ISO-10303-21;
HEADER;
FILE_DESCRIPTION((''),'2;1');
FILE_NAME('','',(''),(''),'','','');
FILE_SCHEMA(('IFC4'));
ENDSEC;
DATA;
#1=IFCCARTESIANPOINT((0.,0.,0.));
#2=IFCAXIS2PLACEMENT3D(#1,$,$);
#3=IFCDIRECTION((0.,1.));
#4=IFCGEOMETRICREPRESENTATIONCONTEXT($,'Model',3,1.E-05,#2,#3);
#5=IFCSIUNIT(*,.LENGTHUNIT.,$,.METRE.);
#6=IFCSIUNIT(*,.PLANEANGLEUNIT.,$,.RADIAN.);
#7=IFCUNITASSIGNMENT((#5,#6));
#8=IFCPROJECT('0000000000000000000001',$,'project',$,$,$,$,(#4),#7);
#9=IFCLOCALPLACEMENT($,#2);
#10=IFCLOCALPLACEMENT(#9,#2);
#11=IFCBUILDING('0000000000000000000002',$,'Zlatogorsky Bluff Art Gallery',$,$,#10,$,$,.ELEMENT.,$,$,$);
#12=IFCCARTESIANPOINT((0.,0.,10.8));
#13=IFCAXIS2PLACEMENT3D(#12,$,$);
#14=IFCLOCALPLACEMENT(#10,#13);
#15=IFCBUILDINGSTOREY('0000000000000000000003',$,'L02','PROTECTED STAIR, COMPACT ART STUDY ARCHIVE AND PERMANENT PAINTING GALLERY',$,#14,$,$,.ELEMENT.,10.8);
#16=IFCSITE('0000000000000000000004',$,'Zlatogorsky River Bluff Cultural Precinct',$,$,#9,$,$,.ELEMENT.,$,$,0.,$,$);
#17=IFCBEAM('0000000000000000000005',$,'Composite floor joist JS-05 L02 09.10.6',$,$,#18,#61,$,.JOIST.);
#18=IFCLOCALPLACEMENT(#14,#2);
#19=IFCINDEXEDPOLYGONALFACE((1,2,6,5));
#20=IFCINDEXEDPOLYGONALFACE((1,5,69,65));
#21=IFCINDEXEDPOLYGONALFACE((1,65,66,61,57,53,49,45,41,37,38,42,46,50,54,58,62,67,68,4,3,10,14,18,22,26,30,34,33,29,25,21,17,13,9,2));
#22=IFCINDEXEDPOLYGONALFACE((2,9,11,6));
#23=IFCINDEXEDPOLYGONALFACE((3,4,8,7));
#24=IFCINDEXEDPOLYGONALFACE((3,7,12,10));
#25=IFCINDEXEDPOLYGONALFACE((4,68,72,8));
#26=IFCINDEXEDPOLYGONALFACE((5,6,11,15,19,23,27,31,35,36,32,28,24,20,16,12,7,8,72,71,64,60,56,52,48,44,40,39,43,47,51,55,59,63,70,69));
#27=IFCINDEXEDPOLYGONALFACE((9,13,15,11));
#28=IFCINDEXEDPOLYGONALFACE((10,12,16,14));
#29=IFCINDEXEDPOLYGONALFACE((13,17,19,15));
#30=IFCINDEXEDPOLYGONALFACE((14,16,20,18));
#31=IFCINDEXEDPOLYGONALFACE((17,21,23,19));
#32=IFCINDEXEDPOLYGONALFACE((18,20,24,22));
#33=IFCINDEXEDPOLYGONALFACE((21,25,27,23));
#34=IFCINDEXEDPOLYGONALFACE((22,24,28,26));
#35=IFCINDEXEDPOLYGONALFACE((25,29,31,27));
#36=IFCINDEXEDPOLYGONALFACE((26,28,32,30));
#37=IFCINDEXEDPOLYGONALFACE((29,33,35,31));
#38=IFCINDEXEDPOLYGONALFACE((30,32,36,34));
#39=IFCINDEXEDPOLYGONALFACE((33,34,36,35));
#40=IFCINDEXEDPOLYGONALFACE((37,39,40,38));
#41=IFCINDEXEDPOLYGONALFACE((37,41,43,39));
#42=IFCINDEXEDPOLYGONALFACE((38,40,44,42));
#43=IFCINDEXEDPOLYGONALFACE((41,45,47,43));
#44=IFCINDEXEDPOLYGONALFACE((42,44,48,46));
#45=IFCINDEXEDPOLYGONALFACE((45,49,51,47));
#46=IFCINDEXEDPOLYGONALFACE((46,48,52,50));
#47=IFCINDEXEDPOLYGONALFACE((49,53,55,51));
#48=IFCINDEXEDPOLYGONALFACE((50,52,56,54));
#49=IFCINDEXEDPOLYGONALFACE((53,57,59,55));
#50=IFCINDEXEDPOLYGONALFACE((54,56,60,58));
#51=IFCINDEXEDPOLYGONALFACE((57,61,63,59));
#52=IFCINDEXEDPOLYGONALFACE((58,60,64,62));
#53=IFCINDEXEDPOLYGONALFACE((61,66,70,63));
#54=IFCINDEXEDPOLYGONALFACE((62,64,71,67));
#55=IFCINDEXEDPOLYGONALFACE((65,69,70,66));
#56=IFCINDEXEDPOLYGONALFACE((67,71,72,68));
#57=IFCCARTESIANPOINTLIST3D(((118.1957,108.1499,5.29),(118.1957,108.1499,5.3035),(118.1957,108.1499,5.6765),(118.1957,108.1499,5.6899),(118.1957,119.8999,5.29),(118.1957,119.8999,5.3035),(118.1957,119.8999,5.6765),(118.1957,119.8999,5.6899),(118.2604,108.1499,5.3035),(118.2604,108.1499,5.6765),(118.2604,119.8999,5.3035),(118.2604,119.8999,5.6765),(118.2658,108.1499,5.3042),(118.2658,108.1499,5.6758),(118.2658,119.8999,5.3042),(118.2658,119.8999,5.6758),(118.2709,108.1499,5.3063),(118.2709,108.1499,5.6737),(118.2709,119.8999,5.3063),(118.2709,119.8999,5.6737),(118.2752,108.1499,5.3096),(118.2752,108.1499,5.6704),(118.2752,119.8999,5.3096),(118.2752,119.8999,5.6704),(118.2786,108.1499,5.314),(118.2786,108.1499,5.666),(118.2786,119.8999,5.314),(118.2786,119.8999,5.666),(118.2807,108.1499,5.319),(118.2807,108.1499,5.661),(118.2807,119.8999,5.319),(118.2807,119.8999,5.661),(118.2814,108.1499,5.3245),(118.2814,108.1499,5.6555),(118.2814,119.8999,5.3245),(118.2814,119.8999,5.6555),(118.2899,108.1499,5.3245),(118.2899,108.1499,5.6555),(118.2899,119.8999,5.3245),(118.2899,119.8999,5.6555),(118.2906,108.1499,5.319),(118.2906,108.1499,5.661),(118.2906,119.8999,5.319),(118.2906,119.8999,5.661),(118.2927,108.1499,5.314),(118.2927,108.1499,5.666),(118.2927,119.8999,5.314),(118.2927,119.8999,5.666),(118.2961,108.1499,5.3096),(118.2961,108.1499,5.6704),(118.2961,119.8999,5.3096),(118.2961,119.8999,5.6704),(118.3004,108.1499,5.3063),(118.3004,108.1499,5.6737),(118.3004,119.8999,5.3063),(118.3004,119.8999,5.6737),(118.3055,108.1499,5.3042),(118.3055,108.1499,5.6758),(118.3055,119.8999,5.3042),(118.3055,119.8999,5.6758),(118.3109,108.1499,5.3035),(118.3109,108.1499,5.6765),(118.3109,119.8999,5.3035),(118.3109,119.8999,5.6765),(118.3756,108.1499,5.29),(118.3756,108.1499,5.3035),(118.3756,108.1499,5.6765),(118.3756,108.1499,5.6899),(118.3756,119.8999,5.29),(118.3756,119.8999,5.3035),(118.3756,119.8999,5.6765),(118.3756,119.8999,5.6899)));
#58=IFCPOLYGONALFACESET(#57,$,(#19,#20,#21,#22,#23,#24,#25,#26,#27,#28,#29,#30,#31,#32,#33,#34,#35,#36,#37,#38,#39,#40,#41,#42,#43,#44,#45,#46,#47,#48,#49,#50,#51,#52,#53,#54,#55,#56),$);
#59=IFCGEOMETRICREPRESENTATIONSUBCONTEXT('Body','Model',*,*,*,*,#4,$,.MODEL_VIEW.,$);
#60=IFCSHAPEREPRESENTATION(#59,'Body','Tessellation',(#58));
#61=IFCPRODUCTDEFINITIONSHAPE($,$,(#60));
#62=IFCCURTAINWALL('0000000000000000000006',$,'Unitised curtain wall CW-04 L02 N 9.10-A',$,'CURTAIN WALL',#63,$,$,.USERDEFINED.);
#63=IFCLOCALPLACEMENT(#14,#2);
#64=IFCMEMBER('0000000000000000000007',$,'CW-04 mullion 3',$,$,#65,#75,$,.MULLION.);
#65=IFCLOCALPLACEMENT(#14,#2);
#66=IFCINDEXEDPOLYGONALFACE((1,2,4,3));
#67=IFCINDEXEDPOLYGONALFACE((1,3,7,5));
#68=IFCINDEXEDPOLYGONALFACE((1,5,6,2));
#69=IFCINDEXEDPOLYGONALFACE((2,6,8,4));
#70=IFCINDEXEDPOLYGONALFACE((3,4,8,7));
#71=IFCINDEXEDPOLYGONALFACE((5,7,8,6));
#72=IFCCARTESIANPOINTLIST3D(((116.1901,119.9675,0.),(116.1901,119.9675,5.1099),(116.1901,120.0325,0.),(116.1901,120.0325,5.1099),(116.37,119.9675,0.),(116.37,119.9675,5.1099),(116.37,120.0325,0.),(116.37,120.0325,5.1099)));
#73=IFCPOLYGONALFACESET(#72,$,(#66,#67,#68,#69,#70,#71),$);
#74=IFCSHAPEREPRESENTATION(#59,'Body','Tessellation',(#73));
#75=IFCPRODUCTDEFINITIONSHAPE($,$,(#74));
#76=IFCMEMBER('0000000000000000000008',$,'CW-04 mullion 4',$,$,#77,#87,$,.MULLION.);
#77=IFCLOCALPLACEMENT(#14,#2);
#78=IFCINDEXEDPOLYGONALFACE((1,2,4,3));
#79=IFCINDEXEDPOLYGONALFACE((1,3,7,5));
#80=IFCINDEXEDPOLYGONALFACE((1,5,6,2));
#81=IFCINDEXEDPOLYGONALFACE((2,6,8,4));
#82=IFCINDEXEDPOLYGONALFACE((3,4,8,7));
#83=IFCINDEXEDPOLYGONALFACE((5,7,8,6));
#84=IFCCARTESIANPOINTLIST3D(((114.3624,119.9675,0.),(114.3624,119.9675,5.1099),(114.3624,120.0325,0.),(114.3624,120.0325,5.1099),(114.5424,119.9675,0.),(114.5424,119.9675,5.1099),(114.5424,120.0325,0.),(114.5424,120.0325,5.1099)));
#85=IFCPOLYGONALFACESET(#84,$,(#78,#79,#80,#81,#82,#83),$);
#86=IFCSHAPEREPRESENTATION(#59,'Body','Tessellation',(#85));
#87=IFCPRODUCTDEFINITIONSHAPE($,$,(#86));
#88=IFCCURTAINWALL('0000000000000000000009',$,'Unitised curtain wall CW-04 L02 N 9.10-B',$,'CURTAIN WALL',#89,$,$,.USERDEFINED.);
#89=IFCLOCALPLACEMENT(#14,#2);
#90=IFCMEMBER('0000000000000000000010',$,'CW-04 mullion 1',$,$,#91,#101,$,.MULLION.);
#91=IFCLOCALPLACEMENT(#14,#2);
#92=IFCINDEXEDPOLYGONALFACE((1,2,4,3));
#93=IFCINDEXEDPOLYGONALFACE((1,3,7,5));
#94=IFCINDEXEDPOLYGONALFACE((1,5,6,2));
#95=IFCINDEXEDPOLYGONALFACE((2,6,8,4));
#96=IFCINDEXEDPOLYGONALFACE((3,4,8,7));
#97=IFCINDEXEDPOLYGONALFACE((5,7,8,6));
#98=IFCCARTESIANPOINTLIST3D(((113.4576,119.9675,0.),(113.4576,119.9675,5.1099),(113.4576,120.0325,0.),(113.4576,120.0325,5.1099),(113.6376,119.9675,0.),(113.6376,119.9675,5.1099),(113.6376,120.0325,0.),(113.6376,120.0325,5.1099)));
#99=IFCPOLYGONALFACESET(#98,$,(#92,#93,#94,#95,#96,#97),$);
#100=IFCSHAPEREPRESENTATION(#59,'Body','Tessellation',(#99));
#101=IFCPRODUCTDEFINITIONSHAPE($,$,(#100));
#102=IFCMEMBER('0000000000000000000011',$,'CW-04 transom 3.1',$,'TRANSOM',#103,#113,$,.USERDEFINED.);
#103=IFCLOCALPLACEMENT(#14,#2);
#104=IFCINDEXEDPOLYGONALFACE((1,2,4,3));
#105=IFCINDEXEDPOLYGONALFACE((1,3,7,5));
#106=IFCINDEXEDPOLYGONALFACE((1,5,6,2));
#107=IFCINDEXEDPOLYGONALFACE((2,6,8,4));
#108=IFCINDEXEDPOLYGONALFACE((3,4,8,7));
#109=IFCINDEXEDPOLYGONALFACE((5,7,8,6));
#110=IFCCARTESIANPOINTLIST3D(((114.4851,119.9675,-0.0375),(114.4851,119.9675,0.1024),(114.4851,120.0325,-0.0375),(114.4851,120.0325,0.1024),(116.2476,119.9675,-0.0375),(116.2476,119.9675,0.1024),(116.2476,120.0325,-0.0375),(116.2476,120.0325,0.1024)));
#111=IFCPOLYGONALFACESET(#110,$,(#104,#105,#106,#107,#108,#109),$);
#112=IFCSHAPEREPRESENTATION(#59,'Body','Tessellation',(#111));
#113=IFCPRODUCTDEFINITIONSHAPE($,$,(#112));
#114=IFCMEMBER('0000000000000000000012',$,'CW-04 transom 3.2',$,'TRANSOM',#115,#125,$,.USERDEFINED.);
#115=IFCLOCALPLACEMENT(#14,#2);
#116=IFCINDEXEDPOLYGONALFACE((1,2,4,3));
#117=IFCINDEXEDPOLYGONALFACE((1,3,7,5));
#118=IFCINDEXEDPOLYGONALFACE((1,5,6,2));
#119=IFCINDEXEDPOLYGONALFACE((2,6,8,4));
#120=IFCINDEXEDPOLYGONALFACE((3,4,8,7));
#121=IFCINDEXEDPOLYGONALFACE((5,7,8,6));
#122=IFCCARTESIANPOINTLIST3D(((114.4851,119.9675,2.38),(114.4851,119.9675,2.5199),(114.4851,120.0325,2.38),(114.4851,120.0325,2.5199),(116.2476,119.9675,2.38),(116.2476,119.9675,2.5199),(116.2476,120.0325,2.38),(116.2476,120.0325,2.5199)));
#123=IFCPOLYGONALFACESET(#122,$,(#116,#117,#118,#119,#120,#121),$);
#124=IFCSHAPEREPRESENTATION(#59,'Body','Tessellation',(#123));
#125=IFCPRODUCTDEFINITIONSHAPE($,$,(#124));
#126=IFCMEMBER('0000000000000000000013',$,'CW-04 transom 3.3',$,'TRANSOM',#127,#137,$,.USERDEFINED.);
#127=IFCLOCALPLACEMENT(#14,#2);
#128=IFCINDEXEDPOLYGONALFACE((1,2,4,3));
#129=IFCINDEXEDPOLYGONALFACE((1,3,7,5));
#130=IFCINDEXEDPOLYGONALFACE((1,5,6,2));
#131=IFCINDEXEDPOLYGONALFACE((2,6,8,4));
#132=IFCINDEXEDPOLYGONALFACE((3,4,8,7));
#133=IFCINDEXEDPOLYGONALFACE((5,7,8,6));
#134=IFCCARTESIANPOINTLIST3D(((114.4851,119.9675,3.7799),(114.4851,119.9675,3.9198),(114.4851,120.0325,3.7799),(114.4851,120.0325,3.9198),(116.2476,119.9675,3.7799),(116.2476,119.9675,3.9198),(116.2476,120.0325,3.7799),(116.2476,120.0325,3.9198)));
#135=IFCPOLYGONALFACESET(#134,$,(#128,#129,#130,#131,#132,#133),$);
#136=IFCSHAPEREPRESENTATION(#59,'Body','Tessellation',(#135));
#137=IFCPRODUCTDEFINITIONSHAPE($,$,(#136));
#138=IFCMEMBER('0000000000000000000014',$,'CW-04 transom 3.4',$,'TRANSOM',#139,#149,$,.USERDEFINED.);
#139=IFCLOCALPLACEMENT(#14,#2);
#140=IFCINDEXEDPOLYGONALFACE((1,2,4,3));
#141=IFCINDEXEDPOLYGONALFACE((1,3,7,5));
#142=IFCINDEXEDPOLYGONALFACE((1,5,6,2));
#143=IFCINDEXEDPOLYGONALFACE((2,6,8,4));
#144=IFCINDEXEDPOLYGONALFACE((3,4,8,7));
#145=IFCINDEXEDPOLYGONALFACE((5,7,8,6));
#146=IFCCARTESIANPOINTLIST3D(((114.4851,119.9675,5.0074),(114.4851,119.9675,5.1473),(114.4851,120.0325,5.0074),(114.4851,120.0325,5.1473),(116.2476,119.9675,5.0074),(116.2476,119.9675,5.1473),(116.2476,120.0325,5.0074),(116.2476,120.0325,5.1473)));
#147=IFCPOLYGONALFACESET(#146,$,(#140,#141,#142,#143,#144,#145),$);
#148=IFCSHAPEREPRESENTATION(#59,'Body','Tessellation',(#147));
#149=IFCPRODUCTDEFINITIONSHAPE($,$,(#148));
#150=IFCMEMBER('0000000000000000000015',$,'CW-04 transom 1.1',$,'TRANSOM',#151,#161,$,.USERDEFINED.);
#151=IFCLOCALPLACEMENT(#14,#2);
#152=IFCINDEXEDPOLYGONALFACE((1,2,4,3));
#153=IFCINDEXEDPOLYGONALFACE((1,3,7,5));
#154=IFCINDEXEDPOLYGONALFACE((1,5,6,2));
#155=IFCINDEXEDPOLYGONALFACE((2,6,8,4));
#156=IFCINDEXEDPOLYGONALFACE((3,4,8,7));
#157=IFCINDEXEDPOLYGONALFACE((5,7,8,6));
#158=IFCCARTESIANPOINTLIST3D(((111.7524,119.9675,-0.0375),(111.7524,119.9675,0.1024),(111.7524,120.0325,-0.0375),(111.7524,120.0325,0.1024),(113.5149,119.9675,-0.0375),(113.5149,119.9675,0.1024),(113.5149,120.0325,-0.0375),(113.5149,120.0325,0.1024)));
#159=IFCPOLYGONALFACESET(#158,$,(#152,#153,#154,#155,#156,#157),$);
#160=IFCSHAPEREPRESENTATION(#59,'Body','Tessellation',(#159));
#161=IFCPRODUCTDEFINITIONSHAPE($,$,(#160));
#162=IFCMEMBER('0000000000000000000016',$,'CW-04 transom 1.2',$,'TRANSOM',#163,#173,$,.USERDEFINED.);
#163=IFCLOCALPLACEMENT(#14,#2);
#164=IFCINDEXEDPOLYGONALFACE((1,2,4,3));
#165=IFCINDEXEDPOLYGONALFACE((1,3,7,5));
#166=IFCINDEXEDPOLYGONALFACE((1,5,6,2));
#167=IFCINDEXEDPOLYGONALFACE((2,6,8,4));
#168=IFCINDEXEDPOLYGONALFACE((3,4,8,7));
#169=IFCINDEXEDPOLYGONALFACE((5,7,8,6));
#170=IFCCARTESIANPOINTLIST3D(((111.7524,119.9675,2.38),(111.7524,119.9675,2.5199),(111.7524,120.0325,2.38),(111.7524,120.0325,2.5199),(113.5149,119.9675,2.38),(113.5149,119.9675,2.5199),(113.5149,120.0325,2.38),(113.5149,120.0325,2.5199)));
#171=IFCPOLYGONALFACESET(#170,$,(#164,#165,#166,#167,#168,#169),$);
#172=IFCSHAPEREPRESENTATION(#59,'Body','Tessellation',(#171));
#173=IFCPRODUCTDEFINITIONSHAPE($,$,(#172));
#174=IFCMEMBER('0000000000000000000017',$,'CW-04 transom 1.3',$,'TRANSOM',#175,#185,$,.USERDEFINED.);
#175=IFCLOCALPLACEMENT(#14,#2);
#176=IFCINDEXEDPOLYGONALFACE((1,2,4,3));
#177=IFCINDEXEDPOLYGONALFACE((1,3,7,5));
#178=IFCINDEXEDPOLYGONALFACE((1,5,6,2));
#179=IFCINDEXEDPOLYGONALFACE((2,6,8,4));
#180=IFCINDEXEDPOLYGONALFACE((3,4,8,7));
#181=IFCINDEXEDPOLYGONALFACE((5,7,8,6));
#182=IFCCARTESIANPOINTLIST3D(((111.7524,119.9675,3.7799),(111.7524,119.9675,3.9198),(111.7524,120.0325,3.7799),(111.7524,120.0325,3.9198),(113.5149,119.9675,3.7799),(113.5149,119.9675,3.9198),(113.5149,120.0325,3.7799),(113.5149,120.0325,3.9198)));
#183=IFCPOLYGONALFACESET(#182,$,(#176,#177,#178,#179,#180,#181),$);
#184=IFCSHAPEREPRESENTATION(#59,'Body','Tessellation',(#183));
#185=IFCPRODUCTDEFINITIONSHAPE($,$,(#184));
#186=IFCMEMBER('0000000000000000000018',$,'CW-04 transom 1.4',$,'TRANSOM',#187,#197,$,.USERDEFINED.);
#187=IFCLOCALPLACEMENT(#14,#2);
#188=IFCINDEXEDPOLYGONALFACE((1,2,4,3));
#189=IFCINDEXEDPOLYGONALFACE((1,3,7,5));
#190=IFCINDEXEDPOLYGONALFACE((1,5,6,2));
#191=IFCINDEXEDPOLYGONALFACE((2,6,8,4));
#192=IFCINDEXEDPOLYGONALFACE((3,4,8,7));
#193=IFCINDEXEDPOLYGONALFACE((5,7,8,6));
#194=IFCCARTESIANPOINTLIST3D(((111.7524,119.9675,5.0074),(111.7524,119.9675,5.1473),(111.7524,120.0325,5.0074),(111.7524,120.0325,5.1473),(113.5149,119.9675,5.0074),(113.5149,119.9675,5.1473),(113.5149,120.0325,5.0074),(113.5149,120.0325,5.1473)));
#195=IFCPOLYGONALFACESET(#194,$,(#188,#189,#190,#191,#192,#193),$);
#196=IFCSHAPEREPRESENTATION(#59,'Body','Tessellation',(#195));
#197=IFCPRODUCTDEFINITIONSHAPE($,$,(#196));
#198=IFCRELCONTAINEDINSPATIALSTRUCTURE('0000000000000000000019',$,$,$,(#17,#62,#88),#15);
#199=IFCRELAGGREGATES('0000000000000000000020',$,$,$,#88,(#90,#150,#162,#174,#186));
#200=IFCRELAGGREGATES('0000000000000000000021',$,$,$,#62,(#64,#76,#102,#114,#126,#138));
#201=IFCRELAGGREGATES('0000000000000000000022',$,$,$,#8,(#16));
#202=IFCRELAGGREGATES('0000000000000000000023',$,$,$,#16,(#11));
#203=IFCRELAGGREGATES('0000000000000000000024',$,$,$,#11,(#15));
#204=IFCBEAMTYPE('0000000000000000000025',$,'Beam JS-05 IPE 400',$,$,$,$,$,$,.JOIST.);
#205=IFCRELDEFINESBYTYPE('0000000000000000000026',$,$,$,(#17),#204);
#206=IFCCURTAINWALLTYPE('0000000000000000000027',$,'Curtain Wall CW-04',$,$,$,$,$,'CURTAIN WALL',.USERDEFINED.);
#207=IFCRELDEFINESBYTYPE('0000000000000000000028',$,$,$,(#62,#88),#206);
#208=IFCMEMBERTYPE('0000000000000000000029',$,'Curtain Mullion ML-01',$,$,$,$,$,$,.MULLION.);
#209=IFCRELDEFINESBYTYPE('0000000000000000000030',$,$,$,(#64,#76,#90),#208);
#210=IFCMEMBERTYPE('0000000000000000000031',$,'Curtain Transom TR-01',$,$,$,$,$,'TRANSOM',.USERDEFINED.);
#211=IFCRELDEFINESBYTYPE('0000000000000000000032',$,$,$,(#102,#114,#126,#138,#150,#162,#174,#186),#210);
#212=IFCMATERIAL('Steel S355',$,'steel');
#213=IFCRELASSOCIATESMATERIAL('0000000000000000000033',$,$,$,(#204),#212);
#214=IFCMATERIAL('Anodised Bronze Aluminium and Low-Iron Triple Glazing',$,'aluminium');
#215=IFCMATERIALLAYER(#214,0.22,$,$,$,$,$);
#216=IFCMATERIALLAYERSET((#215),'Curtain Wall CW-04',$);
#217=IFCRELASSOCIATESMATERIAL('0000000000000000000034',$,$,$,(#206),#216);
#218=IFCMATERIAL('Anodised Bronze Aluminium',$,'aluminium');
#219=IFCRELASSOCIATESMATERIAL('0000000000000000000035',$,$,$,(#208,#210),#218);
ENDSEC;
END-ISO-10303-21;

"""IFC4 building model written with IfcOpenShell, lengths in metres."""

from ifc_helpers import new_model, si_unit, direction, frame, origin, origin_2d, place, context, subcontext, project, spatial, rectangle, i_section, extrude, material, layer, layer_set, material_profile, profile_set, type_object, element, aggregate, save


model = new_model("IFC4")

# Units and contexts
model_context = context("Model", 3, precision=1e-05, world=origin(), true_north=direction((0.0, 1.0)))
body_context = subcontext(model_context, "Body", "Model", "MODEL_VIEW")
ifc_project = project(units=[si_unit("LENGTHUNIT", "METRE"), si_unit("PLANEANGLEUNIT", "RADIAN")], contexts=[model_context])

# Site, building, storey
site_placement = place(None, origin())
site = spatial("IfcSite", under=ifc_project, at=site_placement, Name="Zlatogorsky River Bluff Cultural Precinct", CompositionType="ELEMENT", RefElevation=0.0)
building_placement = place(site_placement, origin())
building = spatial("IfcBuilding", under=site, at=building_placement, Name="Zlatogorsky Bluff Art Gallery", CompositionType="ELEMENT")
storey_placement = place(building_placement, frame((0.0, 0.0, 10.8)))
storey = spatial("IfcBuildingStorey", under=building, at=storey_placement, Name="L02", Description="PROTECTED STAIR, COMPACT ART STUDY ARCHIVE AND PERMANENT PAINTING GALLERY", CompositionType="ELEMENT", Elevation=10.8)

# Beam
ifc_material_1 = material(Name="Steel S355", Category="steel")
ifc_material_profile_1 = material_profile(ifc_material_1, i_section(OverallWidth=0.1799, OverallDepth=0.3999, WebThickness=0.0085, FlangeThickness=0.0134, FilletRadius=0.021, at=origin_2d()), Name="IPE 400")
ifc_profile_set_1 = profile_set([ifc_material_profile_1], Name="Steel S355")
beam_type_1 = type_object("IfcBeamType", Name="Beam JS-05 IPE 400", PredefinedType="JOIST", material=ifc_profile_set_1)
for number, where, z_axis, x_axis, name in (
    (1, (118.2856, 108.1499, 5.49), (0.0, 1.0, 0.0), (-1.0, 0.0, 0.0), "Composite floor joist JS-05 L02 09.10.6"),
):
    element("IfcBeam", number, at=place(storey_placement, frame(where, z_axis=z_axis, x_axis=x_axis)), inside=storey, type_object=beam_type_1, Name=name, PredefinedType="JOIST", context=body_context, shape_type="SweptSolid", body=[
        extrude(i_section(OverallWidth=0.1799, OverallDepth=0.3999, WebThickness=0.0085, FlangeThickness=0.0134, FilletRadius=0.021, at=origin_2d()), origin(), (0.0, 0.0, 1.0), 11.75),
    ])

# Curtain wall, members
ifc_material_2 = material(Name="Anodised Bronze Aluminium and Low-Iron Triple Glazing", Category="aluminium")
ifc_layer_1 = layer(ifc_material_2, 0.22)
ifc_layer_set_1 = layer_set([ifc_layer_1], Name="Curtain Wall CW-04")
curtain_wall_type = type_object("IfcCurtainWallType", Name="Curtain Wall CW-04", ElementType="CURTAIN WALL", PredefinedType="USERDEFINED", material=ifc_layer_set_1)
curtain_wall_1_placement = place(storey_placement, origin())
curtain_wall_1 = element("IfcCurtainWall", 2, at=curtain_wall_1_placement, inside=storey, type_object=curtain_wall_type, Name="Unitised curtain wall CW-04 L02 N 9.10-A", ObjectType="CURTAIN WALL", PredefinedType="USERDEFINED")
ifc_material_3 = material(Name="Anodised Bronze Aluminium", Category="aluminium")
ifc_material_profile_2 = material_profile(ifc_material_3, rectangle(XDim=0.0649, YDim=0.1799, at=origin_2d()), Name="ALU MULLION 65x180")
ifc_profile_set_2 = profile_set([ifc_material_profile_2], Name="Anodised Bronze Aluminium")
member_type_1 = type_object("IfcMemberType", Name="Curtain Mullion ML-01", PredefinedType="MULLION", material=ifc_profile_set_2)
member_1_placement = place(storey_placement, frame((116.28, 120.0, 0.0), z_axis=(0.0, 0.0, 1.0), x_axis=(0.0, -1.0, 0.0)))
member_1 = element("IfcMember", 3, at=member_1_placement, type_object=member_type_1, Name="CW-04 mullion 3", PredefinedType="MULLION", context=body_context, shape_type="SweptSolid", body=[
    extrude(rectangle(XDim=0.0649, YDim=0.1799, at=origin_2d()), origin(), (0.0, 0.0, 1.0), 5.1099),
])
member_2_placement = place(storey_placement, frame((114.4524, 120.0, 0.0), z_axis=(0.0, 0.0, 1.0), x_axis=(0.0, -1.0, 0.0)))
member_2 = element("IfcMember", 4, at=member_2_placement, type_object=member_type_1, Name="CW-04 mullion 4", PredefinedType="MULLION", context=body_context, shape_type="SweptSolid", body=[
    extrude(rectangle(XDim=0.0649, YDim=0.1799, at=origin_2d()), origin(), (0.0, 0.0, 1.0), 5.1099),
])

# Curtain wall, member
curtain_wall_2_placement = place(storey_placement, origin())
curtain_wall_2 = element("IfcCurtainWall", 5, at=curtain_wall_2_placement, inside=storey, type_object=curtain_wall_type, Name="Unitised curtain wall CW-04 L02 N 9.10-B", ObjectType="CURTAIN WALL", PredefinedType="USERDEFINED")
member_3_placement = place(storey_placement, frame((113.5476, 120.0, 0.0), z_axis=(0.0, 0.0, 1.0), x_axis=(0.0, -1.0, 0.0)))
member_3 = element("IfcMember", 6, at=member_3_placement, type_object=member_type_1, Name="CW-04 mullion 1", PredefinedType="MULLION", context=body_context, shape_type="SweptSolid", body=[
    extrude(rectangle(XDim=0.0649, YDim=0.1799, at=origin_2d()), origin(), (0.0, 0.0, 1.0), 5.1099),
])

# Members
ifc_material_profile_3 = material_profile(ifc_material_3, rectangle(XDim=0.0649, YDim=0.1399, at=origin_2d()), Name="ALU TRANSOM 65x140")
ifc_profile_set_3 = profile_set([ifc_material_profile_3], Name="Anodised Bronze Aluminium")
member_type_2 = type_object("IfcMemberType", Name="Curtain Transom TR-01", ElementType="TRANSOM", PredefinedType="USERDEFINED", material=ifc_profile_set_3)
member_4_placement = place(storey_placement, frame((116.2476, 120.0, 0.0325), z_axis=(-1.0, 0.0, 0.0), x_axis=(0.0, -1.0, 0.0)))
member_4 = element("IfcMember", 7, at=member_4_placement, type_object=member_type_2, Name="CW-04 transom 3.1", ObjectType="TRANSOM", PredefinedType="USERDEFINED", context=body_context, shape_type="SweptSolid", body=[
    extrude(rectangle(XDim=0.0649, YDim=0.1399, at=origin_2d()), origin(), (0.0, 0.0, 1.0), 1.7625),
])
member_5_placement = place(storey_placement, frame((116.2476, 120.0, 2.45), z_axis=(-1.0, 0.0, 0.0), x_axis=(0.0, -1.0, 0.0)))
member_5 = element("IfcMember", 8, at=member_5_placement, type_object=member_type_2, Name="CW-04 transom 3.2", ObjectType="TRANSOM", PredefinedType="USERDEFINED", context=body_context, shape_type="SweptSolid", body=[
    extrude(rectangle(XDim=0.0649, YDim=0.1399, at=origin_2d()), origin(), (0.0, 0.0, 1.0), 1.7625),
])
member_6_placement = place(storey_placement, frame((116.2476, 120.0, 3.8499), z_axis=(-1.0, 0.0, 0.0), x_axis=(0.0, -1.0, 0.0)))
member_6 = element("IfcMember", 9, at=member_6_placement, type_object=member_type_2, Name="CW-04 transom 3.3", ObjectType="TRANSOM", PredefinedType="USERDEFINED", context=body_context, shape_type="SweptSolid", body=[
    extrude(rectangle(XDim=0.0649, YDim=0.1399, at=origin_2d()), origin(), (0.0, 0.0, 1.0), 1.7625),
])
member_7_placement = place(storey_placement, frame((116.2476, 120.0, 5.0774), z_axis=(-1.0, 0.0, 0.0), x_axis=(0.0, -1.0, 0.0)))
member_7 = element("IfcMember", 10, at=member_7_placement, type_object=member_type_2, Name="CW-04 transom 3.4", ObjectType="TRANSOM", PredefinedType="USERDEFINED", context=body_context, shape_type="SweptSolid", body=[
    extrude(rectangle(XDim=0.0649, YDim=0.1399, at=origin_2d()), origin(), (0.0, 0.0, 1.0), 1.7625),
])
member_8_placement = place(storey_placement, frame((113.5149, 120.0, 0.0325), z_axis=(-1.0, 0.0, 0.0), x_axis=(0.0, -1.0, 0.0)))
member_8 = element("IfcMember", 11, at=member_8_placement, type_object=member_type_2, Name="CW-04 transom 1.1", ObjectType="TRANSOM", PredefinedType="USERDEFINED", context=body_context, shape_type="SweptSolid", body=[
    extrude(rectangle(XDim=0.0649, YDim=0.1399, at=origin_2d()), origin(), (0.0, 0.0, 1.0), 1.7625),
])
member_9_placement = place(storey_placement, frame((113.5149, 120.0, 2.45), z_axis=(-1.0, 0.0, 0.0), x_axis=(0.0, -1.0, 0.0)))
member_9 = element("IfcMember", 12, at=member_9_placement, type_object=member_type_2, Name="CW-04 transom 1.2", ObjectType="TRANSOM", PredefinedType="USERDEFINED", context=body_context, shape_type="SweptSolid", body=[
    extrude(rectangle(XDim=0.0649, YDim=0.1399, at=origin_2d()), origin(), (0.0, 0.0, 1.0), 1.7625),
])
member_10_placement = place(storey_placement, frame((113.5149, 120.0, 3.8499), z_axis=(-1.0, 0.0, 0.0), x_axis=(0.0, -1.0, 0.0)))
member_10 = element("IfcMember", 13, at=member_10_placement, type_object=member_type_2, Name="CW-04 transom 1.3", ObjectType="TRANSOM", PredefinedType="USERDEFINED", context=body_context, shape_type="SweptSolid", body=[
    extrude(rectangle(XDim=0.0649, YDim=0.1399, at=origin_2d()), origin(), (0.0, 0.0, 1.0), 1.7625),
])
member_11_placement = place(storey_placement, frame((113.5149, 120.0, 5.0774), z_axis=(-1.0, 0.0, 0.0), x_axis=(0.0, -1.0, 0.0)))
member_11 = element("IfcMember", 14, at=member_11_placement, type_object=member_type_2, Name="CW-04 transom 1.4", ObjectType="TRANSOM", PredefinedType="USERDEFINED", context=body_context, shape_type="SweptSolid", body=[
    extrude(rectangle(XDim=0.0649, YDim=0.1399, at=origin_2d()), origin(), (0.0, 0.0, 1.0), 1.7625),
])
aggregate(curtain_wall_2, [member_3, member_8, member_9, member_10, member_11])

aggregate(curtain_wall_1, [member_1, member_2, member_4, member_5, member_6, member_7])

save(model, "model.ifc")
